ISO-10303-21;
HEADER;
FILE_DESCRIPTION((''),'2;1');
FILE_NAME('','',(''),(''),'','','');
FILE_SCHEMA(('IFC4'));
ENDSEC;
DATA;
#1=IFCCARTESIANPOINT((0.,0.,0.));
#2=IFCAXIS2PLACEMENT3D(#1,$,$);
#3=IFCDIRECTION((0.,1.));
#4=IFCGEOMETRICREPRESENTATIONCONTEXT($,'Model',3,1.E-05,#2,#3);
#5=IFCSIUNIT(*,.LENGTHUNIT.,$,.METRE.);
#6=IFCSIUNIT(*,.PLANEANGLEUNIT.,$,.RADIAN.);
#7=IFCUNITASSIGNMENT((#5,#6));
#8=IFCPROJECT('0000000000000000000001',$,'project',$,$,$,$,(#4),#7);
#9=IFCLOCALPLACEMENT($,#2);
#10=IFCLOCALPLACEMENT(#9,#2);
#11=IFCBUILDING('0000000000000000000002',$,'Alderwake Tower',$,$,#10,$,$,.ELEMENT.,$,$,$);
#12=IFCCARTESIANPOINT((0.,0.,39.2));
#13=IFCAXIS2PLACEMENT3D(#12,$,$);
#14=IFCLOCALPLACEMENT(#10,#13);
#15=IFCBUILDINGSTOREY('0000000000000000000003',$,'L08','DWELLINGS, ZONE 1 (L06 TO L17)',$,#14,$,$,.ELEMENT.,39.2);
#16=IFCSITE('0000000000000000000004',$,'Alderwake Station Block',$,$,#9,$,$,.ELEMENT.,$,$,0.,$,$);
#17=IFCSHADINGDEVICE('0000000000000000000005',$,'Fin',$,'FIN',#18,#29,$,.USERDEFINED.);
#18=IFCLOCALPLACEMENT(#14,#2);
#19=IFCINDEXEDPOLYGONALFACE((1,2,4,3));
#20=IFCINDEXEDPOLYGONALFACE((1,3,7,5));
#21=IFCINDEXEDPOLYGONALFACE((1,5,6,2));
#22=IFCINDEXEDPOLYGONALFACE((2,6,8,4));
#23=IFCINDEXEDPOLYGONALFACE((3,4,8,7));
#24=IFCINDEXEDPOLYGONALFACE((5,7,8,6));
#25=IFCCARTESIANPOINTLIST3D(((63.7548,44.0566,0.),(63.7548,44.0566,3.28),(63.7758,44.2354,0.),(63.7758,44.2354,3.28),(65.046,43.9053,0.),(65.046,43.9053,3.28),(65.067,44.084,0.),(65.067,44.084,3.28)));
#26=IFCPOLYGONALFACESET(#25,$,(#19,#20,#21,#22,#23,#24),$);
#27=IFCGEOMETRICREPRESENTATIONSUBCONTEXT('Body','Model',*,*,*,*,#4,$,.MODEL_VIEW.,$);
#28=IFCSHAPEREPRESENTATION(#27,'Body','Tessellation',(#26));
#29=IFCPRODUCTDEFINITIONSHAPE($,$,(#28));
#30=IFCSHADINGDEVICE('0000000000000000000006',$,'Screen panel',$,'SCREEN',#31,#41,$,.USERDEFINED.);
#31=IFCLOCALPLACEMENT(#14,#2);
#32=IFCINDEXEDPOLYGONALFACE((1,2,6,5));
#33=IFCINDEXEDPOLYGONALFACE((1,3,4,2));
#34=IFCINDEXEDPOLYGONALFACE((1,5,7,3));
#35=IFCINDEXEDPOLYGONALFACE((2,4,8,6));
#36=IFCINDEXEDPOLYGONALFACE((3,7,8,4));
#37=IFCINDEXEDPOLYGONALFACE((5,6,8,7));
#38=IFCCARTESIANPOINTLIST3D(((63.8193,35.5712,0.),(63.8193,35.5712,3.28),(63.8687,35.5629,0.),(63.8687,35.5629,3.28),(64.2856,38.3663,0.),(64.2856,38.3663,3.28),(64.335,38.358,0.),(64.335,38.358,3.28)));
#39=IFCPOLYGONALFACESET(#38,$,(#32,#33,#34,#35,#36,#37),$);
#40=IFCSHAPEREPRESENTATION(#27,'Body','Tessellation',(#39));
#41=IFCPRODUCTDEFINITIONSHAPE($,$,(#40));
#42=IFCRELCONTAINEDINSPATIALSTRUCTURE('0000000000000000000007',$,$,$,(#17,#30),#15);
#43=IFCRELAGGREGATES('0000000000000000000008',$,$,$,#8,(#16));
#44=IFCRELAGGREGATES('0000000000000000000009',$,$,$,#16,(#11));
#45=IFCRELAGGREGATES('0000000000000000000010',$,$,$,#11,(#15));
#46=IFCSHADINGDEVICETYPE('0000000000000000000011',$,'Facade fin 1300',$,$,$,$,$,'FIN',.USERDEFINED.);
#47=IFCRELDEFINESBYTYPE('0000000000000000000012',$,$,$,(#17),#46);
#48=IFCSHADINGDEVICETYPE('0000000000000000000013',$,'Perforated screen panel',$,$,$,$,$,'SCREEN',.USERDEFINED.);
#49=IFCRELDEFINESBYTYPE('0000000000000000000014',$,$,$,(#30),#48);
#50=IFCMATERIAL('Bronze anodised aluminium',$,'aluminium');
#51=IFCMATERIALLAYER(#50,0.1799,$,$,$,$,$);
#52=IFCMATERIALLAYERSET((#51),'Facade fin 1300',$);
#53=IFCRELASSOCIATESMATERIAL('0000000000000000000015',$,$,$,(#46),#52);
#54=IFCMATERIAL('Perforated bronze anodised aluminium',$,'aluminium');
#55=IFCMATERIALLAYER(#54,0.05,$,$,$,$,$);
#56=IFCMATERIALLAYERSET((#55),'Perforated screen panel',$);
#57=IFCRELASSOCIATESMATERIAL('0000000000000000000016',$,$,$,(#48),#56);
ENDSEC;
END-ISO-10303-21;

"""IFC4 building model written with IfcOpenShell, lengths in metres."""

from ifc_helpers import new_model, si_unit, direction, frame, origin, origin_2d, place, context, subcontext, project, spatial, rectangle, extrude, material, layer, layer_set, type_object, element, save


model = new_model("IFC4")

# Units and contexts
model_context = context("Model", 3, precision=1e-05, world=origin(), true_north=direction((0.0, 1.0)))
body_context = subcontext(model_context, "Body", "Model", "MODEL_VIEW")
ifc_project = project(units=[si_unit("LENGTHUNIT", "METRE"), si_unit("PLANEANGLEUNIT", "RADIAN")], contexts=[model_context])

# Site, building, storey
site_placement = place(None, origin())
site = spatial("IfcSite", under=ifc_project, at=site_placement, Name="Alderwake Station Block", CompositionType="ELEMENT", RefElevation=0.0)
building_placement = place(site_placement, origin())
building = spatial("IfcBuilding", under=site, at=building_placement, Name="Alderwake Tower", CompositionType="ELEMENT")
storey_placement = place(building_placement, frame((0.0, 0.0, 39.2)))
storey = spatial("IfcBuildingStorey", under=building, at=storey_placement, Name="L08", Description="DWELLINGS, ZONE 1 (L06 TO L17)", CompositionType="ELEMENT", Elevation=39.2)

# Shading devices
ifc_material_1 = material(Name="Bronze anodised aluminium", Category="aluminium")
ifc_layer_1 = layer(ifc_material_1, 0.1799)
ifc_layer_set_1 = layer_set([ifc_layer_1], Name="Facade fin 1300")
shading_device_type_1 = type_object("IfcShadingDeviceType", Name="Facade fin 1300", ElementType="FIN", PredefinedType="USERDEFINED", material=ifc_layer_set_1)
for number, where, z_axis, x_axis, name in (
    (1, (64.4109, 44.0703, 0.0), (0.0, 0.0, 1.0), (0.993198, -0.116435, 0.0), "Fin"),
):
    element("IfcShadingDevice", number, at=place(storey_placement, frame(where, z_axis=z_axis, x_axis=x_axis)), inside=storey, type_object=shading_device_type_1, Name=name, ObjectType="FIN", PredefinedType="USERDEFINED", context=body_context, shape_type="SweptSolid", body=[
        extrude(rectangle(XDim=1.3, YDim=0.1799, at=origin_2d()), origin(), (0.0, 0.0, 1.0), 3.28),
    ])
ifc_material_2 = material(Name="Perforated bronze anodised aluminium", Category="aluminium")
ifc_layer_2 = layer(ifc_material_2, 0.05)
ifc_layer_set_2 = layer_set([ifc_layer_2], Name="Perforated screen panel")
shading_device_type_2 = type_object("IfcShadingDeviceType", Name="Perforated screen panel", ElementType="SCREEN", PredefinedType="USERDEFINED", material=ifc_layer_set_2)
shading_device_placement = place(storey_placement, frame((64.0771, 36.9646, 0.0), z_axis=(0.0, 0.0, 1.0), x_axis=(0.986369, -0.164548, 0.0)))
element("IfcShadingDevice", 2, at=shading_device_placement, inside=storey, type_object=shading_device_type_2, Name="Screen panel", ObjectType="SCREEN", PredefinedType="USERDEFINED", context=body_context, shape_type="SweptSolid", body=[
    extrude(rectangle(XDim=0.05, YDim=2.8337, at=origin_2d()), origin(), (0.0, 0.0, 1.0), 3.28),
])

save(model, "model.ifc")
